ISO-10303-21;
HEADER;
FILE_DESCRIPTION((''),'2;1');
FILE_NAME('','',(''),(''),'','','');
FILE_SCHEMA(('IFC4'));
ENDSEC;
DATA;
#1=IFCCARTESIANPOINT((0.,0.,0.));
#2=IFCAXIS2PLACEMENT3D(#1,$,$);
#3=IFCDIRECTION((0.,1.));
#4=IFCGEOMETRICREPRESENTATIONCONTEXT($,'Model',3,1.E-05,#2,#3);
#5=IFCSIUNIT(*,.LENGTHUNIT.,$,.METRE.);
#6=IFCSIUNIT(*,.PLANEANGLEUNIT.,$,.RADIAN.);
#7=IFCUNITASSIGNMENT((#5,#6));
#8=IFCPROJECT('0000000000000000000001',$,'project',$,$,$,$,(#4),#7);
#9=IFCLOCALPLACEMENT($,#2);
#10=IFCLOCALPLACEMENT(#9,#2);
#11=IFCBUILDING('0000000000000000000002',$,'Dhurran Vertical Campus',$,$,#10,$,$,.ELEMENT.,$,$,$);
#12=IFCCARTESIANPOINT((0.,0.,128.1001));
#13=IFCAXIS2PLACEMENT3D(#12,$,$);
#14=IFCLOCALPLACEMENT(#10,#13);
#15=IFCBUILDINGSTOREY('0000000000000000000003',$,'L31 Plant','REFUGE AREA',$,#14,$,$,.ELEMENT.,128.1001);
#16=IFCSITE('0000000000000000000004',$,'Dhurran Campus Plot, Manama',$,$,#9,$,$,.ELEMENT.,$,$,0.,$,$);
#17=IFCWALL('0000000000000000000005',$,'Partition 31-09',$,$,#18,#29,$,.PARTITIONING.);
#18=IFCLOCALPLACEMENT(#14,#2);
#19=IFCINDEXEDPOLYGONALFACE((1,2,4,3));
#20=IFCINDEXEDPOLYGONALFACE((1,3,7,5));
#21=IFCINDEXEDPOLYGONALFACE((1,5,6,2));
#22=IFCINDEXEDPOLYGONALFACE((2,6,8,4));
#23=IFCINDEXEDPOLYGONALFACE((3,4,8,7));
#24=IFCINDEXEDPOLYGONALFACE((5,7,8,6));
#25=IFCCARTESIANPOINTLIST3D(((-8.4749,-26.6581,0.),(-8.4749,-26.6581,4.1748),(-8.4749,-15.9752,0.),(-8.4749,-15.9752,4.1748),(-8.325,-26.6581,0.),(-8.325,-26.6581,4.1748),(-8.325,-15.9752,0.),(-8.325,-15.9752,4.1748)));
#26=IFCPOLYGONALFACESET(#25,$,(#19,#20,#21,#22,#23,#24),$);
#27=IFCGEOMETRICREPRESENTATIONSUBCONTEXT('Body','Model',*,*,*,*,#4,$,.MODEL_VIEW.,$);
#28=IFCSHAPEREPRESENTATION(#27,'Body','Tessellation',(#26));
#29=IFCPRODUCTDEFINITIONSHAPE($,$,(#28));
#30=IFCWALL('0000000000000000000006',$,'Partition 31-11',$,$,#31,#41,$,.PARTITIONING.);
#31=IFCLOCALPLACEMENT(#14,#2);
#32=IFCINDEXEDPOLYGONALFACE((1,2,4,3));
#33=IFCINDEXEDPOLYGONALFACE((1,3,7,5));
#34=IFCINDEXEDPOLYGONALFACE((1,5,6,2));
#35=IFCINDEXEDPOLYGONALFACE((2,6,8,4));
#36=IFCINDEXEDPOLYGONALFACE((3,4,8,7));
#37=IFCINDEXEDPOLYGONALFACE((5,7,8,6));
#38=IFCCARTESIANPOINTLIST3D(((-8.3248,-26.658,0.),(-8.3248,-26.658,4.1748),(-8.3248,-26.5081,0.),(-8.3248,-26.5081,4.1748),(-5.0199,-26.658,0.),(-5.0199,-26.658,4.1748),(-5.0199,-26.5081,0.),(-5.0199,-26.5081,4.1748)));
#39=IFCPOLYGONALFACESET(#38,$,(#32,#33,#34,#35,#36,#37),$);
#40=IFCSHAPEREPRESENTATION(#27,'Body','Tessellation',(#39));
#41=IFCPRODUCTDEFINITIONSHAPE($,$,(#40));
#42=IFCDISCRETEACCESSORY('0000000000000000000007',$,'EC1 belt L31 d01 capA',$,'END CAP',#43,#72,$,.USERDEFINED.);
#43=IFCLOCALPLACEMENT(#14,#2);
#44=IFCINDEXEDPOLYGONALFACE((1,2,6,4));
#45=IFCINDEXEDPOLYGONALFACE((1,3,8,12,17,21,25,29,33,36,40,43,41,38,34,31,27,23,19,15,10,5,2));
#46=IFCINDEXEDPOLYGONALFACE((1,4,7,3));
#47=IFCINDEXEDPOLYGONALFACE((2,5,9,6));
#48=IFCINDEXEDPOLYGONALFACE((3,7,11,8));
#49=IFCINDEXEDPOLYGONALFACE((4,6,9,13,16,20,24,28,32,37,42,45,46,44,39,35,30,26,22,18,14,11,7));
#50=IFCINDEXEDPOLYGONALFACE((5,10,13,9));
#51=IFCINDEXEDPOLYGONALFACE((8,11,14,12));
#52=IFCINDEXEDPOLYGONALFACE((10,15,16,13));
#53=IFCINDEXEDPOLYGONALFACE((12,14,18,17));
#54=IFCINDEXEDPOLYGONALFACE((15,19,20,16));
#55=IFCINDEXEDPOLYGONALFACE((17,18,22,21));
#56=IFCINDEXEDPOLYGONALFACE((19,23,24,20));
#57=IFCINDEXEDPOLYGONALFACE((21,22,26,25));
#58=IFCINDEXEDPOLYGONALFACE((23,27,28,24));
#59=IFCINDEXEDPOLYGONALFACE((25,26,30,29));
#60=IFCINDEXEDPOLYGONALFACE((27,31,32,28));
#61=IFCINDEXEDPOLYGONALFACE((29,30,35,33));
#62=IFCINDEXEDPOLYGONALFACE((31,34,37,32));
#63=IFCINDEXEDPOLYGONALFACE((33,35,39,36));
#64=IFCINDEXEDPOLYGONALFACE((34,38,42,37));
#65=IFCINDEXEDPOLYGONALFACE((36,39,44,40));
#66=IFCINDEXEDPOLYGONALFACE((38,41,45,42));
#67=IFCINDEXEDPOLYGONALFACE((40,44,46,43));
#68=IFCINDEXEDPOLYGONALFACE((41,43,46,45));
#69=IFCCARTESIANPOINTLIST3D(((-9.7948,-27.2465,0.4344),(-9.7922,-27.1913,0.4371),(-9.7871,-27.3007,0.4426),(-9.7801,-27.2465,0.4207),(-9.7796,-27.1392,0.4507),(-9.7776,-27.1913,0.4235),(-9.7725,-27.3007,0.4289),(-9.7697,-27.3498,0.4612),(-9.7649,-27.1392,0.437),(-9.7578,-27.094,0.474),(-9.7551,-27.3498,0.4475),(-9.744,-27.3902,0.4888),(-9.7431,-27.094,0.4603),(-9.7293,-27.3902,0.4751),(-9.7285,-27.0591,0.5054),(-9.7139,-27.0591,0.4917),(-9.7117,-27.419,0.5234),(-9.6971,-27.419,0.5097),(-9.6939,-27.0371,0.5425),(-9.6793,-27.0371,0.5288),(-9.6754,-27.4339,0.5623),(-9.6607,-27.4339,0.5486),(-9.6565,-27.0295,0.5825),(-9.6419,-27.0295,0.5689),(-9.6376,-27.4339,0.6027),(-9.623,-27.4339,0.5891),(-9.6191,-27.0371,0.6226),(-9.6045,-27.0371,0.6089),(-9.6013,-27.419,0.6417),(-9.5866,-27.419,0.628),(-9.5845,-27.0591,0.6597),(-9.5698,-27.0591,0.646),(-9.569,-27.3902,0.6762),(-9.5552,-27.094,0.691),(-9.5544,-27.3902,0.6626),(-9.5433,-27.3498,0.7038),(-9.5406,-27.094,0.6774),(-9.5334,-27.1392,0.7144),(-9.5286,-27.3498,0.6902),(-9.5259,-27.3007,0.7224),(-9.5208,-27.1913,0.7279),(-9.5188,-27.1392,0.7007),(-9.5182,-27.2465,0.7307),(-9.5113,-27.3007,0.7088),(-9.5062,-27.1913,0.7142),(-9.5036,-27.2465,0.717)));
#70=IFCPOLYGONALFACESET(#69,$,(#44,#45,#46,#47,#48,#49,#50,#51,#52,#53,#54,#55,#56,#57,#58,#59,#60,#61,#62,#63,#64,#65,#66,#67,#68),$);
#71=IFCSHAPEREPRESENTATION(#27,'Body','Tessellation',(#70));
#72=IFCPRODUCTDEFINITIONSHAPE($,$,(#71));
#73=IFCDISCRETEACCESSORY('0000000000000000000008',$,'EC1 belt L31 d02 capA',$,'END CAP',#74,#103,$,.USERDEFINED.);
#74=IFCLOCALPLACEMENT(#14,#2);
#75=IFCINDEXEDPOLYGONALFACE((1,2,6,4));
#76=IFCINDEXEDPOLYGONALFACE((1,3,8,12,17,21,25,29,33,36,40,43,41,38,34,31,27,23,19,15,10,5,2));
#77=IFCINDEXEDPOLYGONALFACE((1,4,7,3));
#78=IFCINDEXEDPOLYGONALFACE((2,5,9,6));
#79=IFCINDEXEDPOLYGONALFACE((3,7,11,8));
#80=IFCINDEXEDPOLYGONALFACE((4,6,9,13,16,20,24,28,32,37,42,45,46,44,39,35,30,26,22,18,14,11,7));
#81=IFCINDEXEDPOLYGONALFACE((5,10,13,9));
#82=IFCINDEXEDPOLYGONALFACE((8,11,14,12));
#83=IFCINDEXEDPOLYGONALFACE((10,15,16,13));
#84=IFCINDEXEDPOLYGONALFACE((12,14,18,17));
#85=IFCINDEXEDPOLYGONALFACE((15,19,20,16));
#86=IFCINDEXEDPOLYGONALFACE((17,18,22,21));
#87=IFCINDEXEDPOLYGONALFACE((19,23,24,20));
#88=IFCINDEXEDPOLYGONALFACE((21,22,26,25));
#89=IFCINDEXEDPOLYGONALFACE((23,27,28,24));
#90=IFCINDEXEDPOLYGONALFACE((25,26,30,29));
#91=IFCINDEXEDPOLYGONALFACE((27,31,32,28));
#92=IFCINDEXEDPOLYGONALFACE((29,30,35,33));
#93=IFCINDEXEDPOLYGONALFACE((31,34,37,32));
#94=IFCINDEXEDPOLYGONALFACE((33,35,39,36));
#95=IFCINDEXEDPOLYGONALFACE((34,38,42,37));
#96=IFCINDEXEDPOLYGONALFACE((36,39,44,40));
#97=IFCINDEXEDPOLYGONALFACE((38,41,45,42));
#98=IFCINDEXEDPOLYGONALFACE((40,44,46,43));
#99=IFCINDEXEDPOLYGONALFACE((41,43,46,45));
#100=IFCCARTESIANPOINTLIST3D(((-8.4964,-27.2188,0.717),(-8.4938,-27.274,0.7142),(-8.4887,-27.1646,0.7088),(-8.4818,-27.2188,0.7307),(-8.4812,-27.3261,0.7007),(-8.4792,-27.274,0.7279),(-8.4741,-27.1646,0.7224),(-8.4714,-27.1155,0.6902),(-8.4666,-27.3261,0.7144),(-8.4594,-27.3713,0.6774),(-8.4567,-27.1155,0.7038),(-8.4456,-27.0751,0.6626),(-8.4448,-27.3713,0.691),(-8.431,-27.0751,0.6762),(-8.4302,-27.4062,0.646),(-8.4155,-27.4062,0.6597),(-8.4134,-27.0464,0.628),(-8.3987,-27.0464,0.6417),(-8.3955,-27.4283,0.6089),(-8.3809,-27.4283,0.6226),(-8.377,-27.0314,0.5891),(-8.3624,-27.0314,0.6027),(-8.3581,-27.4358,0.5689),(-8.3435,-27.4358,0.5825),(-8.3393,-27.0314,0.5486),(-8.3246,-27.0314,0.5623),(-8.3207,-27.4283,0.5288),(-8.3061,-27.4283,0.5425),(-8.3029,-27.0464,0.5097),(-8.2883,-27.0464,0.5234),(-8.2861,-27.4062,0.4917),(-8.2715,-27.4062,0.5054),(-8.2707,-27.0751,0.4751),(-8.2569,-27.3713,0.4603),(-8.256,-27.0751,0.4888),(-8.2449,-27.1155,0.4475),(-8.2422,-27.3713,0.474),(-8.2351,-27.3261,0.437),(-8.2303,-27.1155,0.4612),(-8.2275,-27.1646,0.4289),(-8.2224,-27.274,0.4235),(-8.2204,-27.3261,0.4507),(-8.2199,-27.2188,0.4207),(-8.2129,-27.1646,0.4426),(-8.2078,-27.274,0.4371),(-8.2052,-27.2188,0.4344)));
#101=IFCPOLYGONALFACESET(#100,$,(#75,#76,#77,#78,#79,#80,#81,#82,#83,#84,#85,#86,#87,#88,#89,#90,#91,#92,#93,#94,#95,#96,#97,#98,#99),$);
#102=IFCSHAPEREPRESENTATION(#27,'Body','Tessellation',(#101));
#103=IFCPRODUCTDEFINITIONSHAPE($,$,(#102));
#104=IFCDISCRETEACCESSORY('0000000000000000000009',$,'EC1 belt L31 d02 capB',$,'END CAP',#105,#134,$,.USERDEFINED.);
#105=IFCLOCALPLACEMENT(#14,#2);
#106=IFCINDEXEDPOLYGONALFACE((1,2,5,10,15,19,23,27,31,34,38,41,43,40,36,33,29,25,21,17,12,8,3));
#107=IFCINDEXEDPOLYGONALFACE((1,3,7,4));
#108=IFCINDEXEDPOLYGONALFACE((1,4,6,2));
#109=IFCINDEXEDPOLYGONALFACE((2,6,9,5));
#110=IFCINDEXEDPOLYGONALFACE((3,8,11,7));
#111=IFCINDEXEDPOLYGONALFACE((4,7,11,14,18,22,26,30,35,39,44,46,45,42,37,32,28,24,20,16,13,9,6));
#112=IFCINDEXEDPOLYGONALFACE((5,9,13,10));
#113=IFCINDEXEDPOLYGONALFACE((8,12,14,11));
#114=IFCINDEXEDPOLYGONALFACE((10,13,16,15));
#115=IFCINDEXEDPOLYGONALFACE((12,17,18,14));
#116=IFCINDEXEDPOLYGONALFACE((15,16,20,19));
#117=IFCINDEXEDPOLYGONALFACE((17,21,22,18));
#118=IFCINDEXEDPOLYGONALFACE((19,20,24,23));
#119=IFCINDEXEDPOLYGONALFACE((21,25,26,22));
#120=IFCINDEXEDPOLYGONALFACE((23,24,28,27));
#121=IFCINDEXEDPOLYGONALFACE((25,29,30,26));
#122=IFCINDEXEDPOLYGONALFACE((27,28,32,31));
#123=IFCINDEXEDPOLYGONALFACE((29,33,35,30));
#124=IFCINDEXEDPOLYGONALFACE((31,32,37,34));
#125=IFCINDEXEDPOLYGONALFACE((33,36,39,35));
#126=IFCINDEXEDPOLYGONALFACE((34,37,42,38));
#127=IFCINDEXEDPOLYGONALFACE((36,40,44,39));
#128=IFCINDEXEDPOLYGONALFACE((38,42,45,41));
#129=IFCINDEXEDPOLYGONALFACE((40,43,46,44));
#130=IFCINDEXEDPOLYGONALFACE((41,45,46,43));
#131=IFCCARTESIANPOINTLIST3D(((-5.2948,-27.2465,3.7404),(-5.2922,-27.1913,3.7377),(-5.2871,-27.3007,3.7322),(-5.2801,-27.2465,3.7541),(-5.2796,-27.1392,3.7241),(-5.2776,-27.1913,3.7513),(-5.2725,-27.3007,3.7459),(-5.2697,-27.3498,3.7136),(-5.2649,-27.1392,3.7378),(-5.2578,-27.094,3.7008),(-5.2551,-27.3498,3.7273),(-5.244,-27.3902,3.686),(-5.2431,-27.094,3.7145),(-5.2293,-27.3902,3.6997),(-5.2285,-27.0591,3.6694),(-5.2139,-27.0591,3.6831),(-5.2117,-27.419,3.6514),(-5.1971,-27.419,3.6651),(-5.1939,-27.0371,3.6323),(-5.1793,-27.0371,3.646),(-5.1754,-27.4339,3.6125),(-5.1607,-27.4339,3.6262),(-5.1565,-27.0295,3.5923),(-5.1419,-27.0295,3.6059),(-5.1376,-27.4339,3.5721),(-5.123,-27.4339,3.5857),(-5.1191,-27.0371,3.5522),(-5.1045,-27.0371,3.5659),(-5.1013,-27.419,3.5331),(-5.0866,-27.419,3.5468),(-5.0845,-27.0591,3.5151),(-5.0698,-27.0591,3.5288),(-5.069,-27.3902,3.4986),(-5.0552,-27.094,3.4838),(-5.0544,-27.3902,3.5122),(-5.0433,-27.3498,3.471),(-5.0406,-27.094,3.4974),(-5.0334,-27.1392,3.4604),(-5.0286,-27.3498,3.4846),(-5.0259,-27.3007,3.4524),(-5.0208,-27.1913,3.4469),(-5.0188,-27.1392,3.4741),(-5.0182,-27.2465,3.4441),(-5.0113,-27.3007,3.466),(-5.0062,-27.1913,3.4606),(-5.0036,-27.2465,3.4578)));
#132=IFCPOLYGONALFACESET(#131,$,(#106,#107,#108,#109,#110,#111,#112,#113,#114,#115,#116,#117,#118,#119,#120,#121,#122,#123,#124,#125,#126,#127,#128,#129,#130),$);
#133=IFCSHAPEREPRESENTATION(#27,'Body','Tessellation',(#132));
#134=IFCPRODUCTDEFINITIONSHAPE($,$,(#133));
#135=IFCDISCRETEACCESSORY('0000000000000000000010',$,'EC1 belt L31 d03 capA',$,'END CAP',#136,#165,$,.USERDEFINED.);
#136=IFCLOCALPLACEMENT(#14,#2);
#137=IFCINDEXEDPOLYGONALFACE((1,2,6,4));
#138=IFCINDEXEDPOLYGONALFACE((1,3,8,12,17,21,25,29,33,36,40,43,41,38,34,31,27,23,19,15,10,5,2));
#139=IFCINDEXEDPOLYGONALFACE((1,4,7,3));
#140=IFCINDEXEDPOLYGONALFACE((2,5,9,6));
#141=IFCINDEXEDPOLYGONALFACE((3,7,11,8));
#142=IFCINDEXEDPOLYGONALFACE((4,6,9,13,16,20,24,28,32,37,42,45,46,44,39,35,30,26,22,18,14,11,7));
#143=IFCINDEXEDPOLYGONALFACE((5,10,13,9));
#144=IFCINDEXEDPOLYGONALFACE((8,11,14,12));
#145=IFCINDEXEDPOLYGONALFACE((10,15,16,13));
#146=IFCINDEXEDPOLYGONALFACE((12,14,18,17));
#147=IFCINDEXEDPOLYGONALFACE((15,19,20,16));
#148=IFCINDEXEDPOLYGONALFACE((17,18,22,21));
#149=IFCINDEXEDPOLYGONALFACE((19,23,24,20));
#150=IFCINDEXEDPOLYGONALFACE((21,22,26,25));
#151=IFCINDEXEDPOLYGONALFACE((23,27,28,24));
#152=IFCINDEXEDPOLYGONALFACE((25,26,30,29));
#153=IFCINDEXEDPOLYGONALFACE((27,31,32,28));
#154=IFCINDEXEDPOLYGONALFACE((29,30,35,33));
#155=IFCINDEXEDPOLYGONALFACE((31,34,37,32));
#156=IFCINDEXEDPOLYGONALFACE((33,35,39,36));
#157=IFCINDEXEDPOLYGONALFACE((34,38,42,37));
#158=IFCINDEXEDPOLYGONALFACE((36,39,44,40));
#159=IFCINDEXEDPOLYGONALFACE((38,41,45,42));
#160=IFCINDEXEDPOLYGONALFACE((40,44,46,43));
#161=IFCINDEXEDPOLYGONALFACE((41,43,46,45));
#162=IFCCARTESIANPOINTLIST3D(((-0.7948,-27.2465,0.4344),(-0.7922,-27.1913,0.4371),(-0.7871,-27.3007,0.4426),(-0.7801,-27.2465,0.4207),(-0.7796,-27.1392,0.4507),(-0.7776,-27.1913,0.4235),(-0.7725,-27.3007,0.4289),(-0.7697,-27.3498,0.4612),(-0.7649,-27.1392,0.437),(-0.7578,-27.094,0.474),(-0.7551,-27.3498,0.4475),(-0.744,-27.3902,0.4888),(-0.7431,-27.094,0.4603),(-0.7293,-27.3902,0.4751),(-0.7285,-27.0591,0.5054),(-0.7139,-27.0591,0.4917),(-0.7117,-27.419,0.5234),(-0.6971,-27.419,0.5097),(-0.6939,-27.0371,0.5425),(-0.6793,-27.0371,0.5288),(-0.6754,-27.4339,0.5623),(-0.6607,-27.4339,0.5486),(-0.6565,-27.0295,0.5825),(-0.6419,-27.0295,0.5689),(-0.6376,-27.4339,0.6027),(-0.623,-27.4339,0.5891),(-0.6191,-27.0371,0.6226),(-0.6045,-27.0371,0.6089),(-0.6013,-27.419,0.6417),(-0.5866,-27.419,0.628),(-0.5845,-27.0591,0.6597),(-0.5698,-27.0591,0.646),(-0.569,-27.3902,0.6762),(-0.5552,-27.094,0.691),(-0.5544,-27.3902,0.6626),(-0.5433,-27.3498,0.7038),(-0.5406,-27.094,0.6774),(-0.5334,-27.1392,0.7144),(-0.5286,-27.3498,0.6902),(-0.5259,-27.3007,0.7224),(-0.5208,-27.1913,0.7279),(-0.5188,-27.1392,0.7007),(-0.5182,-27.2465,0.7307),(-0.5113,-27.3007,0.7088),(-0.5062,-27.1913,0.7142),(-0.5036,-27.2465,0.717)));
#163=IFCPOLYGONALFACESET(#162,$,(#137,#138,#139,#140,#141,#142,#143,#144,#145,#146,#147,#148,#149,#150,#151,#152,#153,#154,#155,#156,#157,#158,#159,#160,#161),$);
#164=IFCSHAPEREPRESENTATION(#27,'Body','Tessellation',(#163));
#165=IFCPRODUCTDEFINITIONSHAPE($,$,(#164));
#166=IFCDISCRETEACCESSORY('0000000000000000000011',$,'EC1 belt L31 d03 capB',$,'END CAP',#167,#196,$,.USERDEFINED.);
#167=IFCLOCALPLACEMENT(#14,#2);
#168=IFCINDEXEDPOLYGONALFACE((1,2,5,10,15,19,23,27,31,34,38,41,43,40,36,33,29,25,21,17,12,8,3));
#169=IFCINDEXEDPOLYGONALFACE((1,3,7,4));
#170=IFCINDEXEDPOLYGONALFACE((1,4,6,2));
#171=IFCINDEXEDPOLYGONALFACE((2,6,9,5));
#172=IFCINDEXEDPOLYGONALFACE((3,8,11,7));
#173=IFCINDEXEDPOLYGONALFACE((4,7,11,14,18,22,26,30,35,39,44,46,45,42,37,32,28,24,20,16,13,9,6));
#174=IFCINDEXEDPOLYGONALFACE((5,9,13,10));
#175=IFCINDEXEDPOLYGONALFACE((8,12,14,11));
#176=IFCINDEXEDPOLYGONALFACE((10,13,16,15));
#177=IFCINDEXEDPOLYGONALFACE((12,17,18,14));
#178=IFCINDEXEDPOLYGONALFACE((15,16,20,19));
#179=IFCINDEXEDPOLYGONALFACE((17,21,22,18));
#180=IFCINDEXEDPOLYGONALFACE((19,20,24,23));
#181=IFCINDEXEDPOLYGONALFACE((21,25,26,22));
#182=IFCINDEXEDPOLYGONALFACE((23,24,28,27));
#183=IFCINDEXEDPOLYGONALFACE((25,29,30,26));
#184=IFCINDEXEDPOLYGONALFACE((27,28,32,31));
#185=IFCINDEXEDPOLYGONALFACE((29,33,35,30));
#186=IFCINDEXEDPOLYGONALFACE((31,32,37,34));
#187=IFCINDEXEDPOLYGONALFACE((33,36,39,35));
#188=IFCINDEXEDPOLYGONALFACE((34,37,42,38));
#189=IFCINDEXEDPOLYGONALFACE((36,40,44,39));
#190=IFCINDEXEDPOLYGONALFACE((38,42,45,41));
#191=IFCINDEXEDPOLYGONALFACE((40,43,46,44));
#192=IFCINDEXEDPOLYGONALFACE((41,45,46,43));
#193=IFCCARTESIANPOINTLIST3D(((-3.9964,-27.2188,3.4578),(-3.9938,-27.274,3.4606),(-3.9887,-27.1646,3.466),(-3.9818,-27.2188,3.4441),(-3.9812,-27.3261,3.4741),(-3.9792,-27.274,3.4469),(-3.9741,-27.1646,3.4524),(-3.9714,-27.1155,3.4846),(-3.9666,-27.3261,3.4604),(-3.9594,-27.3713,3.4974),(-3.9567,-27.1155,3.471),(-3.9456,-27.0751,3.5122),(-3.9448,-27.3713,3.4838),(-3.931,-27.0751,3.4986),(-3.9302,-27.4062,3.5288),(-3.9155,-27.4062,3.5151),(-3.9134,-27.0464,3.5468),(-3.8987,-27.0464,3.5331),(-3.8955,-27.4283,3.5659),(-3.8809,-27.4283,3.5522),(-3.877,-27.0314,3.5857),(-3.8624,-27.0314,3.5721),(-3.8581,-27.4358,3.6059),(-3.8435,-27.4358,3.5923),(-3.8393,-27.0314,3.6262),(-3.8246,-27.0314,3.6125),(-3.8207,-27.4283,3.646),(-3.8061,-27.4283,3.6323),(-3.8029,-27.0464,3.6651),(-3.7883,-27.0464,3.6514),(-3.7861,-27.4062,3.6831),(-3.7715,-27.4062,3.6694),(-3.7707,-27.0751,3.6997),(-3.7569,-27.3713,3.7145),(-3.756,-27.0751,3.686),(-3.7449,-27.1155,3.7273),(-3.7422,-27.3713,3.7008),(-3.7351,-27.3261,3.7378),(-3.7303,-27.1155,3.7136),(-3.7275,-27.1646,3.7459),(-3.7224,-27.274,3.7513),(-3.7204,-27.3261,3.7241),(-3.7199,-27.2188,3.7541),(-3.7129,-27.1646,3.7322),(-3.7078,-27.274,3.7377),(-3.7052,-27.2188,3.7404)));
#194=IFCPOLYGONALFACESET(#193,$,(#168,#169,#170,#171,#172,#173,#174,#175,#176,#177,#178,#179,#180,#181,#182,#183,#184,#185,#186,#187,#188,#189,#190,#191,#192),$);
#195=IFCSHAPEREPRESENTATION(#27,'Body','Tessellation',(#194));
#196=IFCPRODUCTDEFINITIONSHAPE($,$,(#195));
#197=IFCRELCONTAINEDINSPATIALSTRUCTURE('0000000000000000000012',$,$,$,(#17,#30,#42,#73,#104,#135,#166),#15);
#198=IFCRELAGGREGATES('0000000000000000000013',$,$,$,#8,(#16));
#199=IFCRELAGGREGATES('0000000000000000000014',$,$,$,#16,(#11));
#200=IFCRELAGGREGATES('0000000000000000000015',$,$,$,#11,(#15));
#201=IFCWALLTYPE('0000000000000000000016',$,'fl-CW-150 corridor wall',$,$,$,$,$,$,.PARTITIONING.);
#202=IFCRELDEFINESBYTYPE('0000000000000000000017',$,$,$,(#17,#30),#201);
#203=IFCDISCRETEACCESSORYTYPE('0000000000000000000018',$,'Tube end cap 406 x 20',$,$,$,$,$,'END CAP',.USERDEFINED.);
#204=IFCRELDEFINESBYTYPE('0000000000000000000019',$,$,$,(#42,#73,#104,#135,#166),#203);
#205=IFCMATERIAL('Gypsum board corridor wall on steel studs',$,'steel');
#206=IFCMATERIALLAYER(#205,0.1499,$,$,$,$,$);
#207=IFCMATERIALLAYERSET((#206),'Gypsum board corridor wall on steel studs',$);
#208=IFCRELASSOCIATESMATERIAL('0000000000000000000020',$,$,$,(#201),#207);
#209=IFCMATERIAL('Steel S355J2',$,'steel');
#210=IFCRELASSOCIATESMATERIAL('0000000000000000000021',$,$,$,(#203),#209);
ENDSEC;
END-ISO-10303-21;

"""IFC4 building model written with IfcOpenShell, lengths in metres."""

from ifc_helpers import new_model, si_unit, direction, frame, frame_2d, origin, origin_2d, place, context, subcontext, project, spatial, rectangle, circle, extrude, material, layer, layer_set, material_profile, profile_set, type_object, element, save


model = new_model("IFC4")

# Units and contexts
model_context = context("Model", 3, precision=1e-05, world=origin(), true_north=direction((0.0, 1.0)))
body_context = subcontext(model_context, "Body", "Model", "MODEL_VIEW")
ifc_project = project(units=[si_unit("LENGTHUNIT", "METRE"), si_unit("PLANEANGLEUNIT", "RADIAN")], contexts=[model_context])

# Site, building, storey
site_placement = place(None, origin())
site = spatial("IfcSite", under=ifc_project, at=site_placement, Name="Dhurran Campus Plot, Manama", CompositionType="ELEMENT", RefElevation=0.0)
building_placement = place(site_placement, origin())
building = spatial("IfcBuilding", under=site, at=building_placement, Name="Dhurran Vertical Campus", CompositionType="ELEMENT")
storey_placement = place(building_placement, frame((0.0, 0.0, 128.1001)))
storey = spatial("IfcBuildingStorey", under=building, at=storey_placement, Name="L31 Plant", Description="REFUGE AREA", CompositionType="ELEMENT", Elevation=128.1001)

# Walls
ifc_material_1 = material(Name="Gypsum board corridor wall on steel studs", Category="steel")
ifc_layer_1 = layer(ifc_material_1, 0.1499)
ifc_layer_set_1 = layer_set([ifc_layer_1], Name="Gypsum board corridor wall on steel studs")
wall_type_1 = type_object("IfcWallType", Name="fl-CW-150 corridor wall", PredefinedType="PARTITIONING", material=ifc_layer_set_1)
wall_1_placement = place(storey_placement, frame((-8.3999, -26.658, 0.0), z_axis=(0.0, 0.0, 1.0), x_axis=(0.0, 1.0, 0.0)))
element("IfcWall", 1, at=wall_1_placement, inside=storey, type_object=wall_type_1, Name="Partition 31-09", PredefinedType="PARTITIONING", context=body_context, shape_type="SweptSolid", body=[
    extrude(rectangle(XDim=10.6829, YDim=0.1499, at=frame_2d((5.3413, 0.0))), origin(), (0.0, 0.0, 1.0), 4.1748),
])
wall_2_placement = place(storey_placement, frame((-5.02, -26.583, 0.0), z_axis=(0.0, 0.0, 1.0), x_axis=(-1.0, 0.0, 0.0)))
element("IfcWall", 2, at=wall_2_placement, inside=storey, type_object=wall_type_1, Name="Partition 31-11", PredefinedType="PARTITIONING", context=body_context, shape_type="SweptSolid", body=[
    extrude(rectangle(XDim=3.3049, YDim=0.1499, at=frame_2d((1.6523, 0.0))), origin(), (0.0, 0.0, 1.0), 4.1748),
])

# Discrete accessories
ifc_material_2 = material(Name="Steel S355J2", Category="steel")
ifc_material_profile_1 = material_profile(ifc_material_2, circle(Radius=0.2031, at=origin_2d()), Name="Tube end cap 406 x 20")
ifc_profile_set_1 = profile_set([ifc_material_profile_1], Name="Steel S355J2")
discrete_accessory_type = type_object("IfcDiscreteAccessoryType", Name="Tube end cap 406 x 20", ElementType="END CAP", PredefinedType="USERDEFINED", material=ifc_profile_set_1)
for number, where, z_axis, x_axis, name in (
    (3, (-9.6565, -27.2327, 0.5825), (0.731055, 0.0, -0.682318), (0.0, 1.0, 0.0), "EC1 belt L31 d01 capA"),
    (4, (-8.3435, -27.2327, 0.5825), (-0.731055, 0.0, -0.682318), (0.0, -1.0, 0.0), "EC1 belt L31 d02 capA"),
    (5, (-5.1565, -27.2327, 3.5923), (0.731055, 0.0, 0.682318), (0.0, 1.0, 0.0), "EC1 belt L31 d02 capB"),
    (6, (-0.6565, -27.2327, 0.5825), (0.731055, 0.0, -0.682318), (0.0, 1.0, 0.0), "EC1 belt L31 d03 capA"),
    (7, (-3.8435, -27.2327, 3.5923), (-0.731055, 0.0, 0.682318), (0.0, -1.0, 0.0), "EC1 belt L31 d03 capB"),
):
    element("IfcDiscreteAccessory", number, at=place(storey_placement, frame(where, z_axis=z_axis, x_axis=x_axis)), inside=storey, type_object=discrete_accessory_type, Name=name, ObjectType="END CAP", PredefinedType="USERDEFINED", context=body_context, shape_type="SweptSolid", body=[
        extrude(circle(Radius=0.2031, at=origin_2d()), origin(), (0.0, 0.0, 1.0), 0.02),
    ])

save(model, "model.ifc")
